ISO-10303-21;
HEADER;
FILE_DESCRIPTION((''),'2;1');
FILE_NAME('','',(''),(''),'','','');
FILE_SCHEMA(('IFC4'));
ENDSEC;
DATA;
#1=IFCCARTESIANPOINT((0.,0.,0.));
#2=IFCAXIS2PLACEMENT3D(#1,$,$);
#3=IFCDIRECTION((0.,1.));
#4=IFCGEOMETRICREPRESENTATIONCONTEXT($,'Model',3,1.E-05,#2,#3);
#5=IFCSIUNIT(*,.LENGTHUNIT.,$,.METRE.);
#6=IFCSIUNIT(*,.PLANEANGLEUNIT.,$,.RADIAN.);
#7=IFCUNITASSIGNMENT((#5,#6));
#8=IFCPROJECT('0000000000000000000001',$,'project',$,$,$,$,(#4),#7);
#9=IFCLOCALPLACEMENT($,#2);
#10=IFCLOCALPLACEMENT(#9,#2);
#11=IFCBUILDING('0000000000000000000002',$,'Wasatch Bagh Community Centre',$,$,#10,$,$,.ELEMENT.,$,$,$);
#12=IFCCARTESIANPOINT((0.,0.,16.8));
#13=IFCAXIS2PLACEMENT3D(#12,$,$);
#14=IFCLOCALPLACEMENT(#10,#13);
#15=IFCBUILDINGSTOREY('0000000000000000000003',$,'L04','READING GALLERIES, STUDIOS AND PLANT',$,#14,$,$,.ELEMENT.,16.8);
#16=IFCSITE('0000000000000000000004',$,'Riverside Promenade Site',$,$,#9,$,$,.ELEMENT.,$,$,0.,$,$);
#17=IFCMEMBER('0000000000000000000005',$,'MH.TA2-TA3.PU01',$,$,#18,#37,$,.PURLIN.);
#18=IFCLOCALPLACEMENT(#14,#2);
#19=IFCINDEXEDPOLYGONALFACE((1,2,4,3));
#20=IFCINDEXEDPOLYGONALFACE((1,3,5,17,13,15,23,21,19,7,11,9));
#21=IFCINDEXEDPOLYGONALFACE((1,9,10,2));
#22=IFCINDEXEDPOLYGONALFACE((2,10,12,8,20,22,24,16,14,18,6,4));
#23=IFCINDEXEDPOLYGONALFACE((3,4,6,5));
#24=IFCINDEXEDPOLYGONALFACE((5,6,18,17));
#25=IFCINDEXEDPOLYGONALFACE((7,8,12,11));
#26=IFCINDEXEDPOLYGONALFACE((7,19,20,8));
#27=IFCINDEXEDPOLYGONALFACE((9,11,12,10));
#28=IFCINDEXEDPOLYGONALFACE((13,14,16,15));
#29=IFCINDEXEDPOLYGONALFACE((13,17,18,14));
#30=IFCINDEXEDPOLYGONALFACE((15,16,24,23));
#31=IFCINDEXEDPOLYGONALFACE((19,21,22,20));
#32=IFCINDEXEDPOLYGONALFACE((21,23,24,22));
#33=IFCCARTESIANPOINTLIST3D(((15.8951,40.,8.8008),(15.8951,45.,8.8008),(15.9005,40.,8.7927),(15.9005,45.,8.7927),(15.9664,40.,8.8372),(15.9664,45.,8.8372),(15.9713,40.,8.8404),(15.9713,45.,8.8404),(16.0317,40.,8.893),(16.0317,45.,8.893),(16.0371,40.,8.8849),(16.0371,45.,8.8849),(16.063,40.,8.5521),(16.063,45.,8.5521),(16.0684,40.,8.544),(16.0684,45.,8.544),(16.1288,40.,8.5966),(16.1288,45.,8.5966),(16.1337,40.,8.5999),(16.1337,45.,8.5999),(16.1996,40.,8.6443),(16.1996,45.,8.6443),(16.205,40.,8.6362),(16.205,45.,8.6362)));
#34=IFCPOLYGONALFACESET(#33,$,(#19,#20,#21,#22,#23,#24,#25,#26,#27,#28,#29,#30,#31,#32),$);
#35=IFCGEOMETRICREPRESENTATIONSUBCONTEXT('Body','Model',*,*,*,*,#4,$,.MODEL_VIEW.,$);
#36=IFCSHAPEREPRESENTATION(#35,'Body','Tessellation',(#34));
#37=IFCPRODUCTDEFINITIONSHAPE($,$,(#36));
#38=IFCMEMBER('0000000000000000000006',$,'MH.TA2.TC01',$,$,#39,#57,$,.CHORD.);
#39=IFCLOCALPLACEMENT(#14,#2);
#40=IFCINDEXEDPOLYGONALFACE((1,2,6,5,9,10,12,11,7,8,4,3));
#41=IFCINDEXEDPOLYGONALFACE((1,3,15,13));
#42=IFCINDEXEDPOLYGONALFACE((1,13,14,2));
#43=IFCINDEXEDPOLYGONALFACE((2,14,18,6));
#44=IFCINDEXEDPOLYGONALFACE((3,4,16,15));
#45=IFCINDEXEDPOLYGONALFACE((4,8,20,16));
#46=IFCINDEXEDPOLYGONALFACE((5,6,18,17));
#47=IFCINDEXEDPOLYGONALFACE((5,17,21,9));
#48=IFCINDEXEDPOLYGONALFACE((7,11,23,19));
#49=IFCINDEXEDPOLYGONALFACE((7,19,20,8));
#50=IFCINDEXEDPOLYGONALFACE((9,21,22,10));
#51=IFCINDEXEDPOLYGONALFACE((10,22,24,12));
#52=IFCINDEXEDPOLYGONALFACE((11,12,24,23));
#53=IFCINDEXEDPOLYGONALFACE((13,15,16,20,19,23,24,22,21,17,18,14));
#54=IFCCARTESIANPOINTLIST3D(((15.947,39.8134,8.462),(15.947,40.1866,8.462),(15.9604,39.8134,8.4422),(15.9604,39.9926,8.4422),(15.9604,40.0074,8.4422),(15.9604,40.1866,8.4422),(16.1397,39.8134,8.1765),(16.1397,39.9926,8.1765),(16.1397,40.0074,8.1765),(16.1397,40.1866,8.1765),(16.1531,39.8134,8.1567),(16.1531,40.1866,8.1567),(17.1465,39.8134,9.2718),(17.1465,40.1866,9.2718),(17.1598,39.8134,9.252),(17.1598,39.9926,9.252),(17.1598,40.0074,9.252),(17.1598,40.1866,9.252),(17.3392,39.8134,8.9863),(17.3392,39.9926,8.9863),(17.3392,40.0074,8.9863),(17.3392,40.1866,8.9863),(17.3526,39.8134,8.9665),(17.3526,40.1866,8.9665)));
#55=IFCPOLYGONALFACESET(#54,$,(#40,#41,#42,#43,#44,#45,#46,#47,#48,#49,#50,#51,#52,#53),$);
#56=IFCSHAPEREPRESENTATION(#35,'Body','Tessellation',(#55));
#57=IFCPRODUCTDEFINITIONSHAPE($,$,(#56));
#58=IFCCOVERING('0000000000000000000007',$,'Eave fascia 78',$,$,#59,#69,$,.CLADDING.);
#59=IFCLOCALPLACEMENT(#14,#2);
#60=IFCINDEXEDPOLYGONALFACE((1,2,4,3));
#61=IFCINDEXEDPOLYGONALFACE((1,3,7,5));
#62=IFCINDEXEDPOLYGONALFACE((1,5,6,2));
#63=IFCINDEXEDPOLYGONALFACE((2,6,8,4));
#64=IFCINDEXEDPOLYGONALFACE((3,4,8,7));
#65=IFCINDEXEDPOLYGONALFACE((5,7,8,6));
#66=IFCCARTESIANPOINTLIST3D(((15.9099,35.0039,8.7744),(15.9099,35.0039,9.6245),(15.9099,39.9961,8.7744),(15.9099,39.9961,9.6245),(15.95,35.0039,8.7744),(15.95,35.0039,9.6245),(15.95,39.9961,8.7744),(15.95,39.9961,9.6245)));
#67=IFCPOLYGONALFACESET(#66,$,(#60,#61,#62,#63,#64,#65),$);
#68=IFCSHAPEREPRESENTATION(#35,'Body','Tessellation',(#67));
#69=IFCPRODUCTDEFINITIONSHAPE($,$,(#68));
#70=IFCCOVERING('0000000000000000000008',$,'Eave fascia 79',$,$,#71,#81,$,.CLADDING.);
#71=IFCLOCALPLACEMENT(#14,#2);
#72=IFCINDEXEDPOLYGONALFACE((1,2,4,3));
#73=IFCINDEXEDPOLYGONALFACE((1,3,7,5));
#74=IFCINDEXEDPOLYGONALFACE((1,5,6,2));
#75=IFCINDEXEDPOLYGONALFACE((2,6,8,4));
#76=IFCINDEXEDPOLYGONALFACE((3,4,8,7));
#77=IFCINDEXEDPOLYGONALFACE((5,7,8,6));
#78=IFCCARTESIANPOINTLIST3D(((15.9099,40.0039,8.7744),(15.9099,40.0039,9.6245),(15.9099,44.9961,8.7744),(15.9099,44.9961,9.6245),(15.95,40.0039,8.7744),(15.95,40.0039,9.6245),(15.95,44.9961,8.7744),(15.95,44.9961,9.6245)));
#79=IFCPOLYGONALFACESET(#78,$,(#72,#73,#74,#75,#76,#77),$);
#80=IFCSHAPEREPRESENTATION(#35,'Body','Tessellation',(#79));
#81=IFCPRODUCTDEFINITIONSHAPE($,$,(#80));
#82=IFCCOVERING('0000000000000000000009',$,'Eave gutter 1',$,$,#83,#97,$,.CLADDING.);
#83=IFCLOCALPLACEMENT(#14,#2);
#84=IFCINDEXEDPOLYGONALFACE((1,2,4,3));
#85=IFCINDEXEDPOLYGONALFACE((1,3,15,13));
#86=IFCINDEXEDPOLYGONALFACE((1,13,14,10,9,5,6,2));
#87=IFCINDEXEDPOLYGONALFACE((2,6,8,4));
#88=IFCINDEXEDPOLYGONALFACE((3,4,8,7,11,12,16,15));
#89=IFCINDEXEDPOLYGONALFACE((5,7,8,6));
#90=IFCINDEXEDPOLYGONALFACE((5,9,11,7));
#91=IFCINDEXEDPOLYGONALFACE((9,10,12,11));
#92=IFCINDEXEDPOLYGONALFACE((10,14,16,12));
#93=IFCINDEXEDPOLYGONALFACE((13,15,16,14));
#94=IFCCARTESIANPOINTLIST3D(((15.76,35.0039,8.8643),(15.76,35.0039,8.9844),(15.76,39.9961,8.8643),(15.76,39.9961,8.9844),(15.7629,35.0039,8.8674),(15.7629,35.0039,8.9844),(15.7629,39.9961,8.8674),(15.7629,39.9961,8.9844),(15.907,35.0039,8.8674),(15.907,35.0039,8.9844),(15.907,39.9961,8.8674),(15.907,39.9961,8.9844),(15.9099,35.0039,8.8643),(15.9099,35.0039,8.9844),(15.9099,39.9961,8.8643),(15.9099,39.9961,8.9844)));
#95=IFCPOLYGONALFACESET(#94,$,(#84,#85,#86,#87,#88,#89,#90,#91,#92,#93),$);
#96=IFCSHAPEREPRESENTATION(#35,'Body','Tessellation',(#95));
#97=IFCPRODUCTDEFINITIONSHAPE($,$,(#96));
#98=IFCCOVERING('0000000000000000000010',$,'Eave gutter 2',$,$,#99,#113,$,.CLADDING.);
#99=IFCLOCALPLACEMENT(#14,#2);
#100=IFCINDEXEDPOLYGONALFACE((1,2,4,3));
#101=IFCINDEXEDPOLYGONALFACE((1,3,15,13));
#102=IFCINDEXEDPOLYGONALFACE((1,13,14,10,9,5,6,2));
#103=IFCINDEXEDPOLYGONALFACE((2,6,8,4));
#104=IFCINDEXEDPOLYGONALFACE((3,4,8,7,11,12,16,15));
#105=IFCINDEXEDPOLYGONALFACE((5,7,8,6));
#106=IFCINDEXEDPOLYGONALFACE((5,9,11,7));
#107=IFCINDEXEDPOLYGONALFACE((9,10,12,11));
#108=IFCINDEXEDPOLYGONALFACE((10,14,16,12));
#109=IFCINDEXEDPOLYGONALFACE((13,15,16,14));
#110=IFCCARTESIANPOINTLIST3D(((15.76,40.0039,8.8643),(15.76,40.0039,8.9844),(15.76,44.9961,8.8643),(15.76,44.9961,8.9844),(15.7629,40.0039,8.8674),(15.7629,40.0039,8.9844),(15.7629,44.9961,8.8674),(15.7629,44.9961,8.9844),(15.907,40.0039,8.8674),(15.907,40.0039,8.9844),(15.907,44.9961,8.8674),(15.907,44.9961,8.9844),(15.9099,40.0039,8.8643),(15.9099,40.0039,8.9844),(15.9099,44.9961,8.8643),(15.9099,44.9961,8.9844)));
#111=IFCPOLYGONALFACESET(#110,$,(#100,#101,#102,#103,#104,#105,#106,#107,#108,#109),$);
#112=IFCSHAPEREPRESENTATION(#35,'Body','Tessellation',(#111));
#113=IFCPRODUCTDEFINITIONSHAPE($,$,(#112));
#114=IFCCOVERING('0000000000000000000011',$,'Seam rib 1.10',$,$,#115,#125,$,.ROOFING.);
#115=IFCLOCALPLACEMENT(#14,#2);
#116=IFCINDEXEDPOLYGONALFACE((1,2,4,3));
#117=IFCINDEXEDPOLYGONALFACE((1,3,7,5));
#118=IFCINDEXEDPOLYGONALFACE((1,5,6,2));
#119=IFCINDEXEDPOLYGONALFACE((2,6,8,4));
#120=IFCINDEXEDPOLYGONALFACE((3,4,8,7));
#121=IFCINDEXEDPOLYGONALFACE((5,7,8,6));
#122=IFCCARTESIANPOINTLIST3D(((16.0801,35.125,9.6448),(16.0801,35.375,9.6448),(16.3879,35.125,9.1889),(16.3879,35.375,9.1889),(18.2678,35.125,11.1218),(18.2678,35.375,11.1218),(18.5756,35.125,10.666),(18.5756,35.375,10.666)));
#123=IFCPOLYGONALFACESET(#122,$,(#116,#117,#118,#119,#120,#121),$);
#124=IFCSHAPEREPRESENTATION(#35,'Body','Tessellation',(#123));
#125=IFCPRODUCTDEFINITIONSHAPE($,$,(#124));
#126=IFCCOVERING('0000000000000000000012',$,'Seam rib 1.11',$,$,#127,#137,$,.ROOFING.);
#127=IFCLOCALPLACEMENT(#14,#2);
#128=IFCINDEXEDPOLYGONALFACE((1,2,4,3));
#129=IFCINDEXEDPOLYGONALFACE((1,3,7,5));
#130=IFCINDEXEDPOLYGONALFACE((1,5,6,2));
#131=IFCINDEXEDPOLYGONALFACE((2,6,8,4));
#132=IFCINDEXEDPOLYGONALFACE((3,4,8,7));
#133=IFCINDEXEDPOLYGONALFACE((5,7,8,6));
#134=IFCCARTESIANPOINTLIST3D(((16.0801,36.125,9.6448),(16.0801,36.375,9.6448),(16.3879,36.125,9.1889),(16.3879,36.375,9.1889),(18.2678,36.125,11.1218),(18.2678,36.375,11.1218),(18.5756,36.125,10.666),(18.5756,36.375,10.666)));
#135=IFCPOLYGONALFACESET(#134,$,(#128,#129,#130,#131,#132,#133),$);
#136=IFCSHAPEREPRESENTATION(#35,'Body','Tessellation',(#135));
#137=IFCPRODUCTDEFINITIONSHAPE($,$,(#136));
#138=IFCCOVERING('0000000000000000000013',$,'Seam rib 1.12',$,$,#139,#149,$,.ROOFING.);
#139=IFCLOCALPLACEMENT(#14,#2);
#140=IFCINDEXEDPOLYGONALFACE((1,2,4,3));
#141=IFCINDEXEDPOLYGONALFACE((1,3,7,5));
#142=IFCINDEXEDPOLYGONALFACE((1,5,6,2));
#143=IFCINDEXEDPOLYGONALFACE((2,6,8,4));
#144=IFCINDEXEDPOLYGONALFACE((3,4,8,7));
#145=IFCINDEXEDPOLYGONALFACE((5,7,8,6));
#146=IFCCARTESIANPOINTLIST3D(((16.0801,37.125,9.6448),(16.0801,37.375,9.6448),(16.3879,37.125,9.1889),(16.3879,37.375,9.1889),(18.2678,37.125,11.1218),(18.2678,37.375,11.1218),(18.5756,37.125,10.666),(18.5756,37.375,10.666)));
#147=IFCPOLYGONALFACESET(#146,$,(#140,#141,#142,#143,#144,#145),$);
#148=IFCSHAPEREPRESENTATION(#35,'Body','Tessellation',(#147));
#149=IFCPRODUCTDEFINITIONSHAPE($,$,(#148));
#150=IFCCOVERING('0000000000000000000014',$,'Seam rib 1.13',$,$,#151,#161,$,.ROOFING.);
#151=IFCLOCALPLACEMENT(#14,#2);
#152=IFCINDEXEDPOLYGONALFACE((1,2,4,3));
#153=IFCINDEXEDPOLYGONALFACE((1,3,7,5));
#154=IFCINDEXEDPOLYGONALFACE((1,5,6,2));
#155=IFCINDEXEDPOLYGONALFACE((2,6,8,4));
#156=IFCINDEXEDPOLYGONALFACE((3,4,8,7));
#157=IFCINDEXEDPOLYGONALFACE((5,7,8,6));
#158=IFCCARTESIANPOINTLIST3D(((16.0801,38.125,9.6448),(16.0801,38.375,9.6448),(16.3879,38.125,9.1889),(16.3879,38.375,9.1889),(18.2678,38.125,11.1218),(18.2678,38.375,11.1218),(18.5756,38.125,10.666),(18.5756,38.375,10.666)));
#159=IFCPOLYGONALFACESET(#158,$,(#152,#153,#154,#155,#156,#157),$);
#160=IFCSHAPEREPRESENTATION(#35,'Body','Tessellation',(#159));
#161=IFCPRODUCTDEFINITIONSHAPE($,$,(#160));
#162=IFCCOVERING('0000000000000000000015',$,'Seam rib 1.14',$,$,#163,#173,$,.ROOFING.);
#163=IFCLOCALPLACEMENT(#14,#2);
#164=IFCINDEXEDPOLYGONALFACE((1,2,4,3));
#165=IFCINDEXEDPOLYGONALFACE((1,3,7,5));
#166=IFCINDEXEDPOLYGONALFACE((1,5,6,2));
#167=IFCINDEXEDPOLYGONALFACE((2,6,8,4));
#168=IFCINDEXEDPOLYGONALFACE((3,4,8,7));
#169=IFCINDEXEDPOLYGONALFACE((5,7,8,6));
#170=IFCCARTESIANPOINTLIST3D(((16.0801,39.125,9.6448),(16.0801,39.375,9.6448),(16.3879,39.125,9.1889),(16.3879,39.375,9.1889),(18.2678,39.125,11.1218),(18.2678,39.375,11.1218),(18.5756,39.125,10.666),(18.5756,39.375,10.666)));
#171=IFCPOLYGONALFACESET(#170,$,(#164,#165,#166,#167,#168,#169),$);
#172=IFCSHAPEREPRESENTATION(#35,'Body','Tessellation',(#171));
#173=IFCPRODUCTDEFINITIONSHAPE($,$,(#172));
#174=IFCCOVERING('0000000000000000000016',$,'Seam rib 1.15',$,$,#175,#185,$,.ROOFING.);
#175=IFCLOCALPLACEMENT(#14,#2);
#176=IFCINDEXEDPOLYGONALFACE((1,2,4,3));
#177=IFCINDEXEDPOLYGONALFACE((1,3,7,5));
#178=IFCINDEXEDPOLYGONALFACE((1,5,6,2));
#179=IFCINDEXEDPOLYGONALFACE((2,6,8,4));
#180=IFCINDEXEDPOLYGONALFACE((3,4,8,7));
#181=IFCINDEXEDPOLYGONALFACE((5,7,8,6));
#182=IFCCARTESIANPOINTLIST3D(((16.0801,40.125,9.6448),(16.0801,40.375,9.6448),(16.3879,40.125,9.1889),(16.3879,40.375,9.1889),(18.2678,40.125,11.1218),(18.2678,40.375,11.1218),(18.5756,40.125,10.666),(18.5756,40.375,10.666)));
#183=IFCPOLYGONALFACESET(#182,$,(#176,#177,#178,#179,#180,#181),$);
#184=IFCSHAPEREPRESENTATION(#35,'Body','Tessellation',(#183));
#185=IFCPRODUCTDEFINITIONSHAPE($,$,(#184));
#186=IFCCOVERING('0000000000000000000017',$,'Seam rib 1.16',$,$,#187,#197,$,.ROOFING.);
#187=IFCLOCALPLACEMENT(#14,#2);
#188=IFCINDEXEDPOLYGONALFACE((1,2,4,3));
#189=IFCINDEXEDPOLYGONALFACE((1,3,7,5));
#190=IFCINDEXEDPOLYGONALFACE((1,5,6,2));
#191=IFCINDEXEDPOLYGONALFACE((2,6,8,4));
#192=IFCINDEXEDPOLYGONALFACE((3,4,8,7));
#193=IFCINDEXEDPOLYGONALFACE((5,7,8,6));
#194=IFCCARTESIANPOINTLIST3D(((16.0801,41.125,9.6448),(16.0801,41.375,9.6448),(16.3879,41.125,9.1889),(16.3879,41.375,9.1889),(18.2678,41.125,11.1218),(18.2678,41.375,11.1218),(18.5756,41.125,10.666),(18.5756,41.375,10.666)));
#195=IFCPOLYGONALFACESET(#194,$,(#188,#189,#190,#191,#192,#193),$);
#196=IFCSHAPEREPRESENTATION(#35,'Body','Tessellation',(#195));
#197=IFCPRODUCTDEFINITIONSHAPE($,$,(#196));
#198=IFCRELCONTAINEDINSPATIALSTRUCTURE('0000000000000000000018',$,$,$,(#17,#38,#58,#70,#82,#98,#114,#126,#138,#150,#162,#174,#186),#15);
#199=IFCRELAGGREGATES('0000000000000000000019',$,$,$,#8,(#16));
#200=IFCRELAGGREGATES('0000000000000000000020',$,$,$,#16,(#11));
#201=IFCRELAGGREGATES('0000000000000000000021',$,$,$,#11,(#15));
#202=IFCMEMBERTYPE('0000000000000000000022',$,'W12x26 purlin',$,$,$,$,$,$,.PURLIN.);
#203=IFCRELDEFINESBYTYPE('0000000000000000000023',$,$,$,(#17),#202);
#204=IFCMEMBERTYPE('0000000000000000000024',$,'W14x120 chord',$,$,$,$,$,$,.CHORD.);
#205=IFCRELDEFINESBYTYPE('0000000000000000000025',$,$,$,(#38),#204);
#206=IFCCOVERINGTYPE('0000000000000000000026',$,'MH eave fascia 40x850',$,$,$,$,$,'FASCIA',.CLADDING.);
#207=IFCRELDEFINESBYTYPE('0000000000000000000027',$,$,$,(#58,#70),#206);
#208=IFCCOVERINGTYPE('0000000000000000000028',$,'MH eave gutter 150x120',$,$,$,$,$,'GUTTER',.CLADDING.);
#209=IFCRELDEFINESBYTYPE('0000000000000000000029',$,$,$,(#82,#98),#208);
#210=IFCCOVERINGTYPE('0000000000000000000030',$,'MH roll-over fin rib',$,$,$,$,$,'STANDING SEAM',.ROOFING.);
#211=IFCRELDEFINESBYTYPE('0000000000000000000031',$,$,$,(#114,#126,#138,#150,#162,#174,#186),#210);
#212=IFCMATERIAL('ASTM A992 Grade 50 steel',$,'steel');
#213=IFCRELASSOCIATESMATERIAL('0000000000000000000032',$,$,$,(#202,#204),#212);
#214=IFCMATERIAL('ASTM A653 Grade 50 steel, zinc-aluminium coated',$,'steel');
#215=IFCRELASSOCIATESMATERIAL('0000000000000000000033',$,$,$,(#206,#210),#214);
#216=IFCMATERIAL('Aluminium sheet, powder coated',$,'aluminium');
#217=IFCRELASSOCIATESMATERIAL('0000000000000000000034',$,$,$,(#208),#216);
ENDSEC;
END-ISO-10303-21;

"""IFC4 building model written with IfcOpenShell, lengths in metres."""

from ifc_helpers import new_model, si_unit, direction, frame, origin, origin_2d, place, context, subcontext, project, spatial, polyline, rectangle, i_section, outline, extrude, material, material_profile, profile_set, type_object, element, save


model = new_model("IFC4")

# Units and contexts
model_context = context("Model", 3, precision=1e-05, world=origin(), true_north=direction((0.0, 1.0)))
body_context = subcontext(model_context, "Body", "Model", "MODEL_VIEW")
ifc_project = project(units=[si_unit("LENGTHUNIT", "METRE"), si_unit("PLANEANGLEUNIT", "RADIAN")], contexts=[model_context])

# Site, building, storey
site_placement = place(None, origin())
site = spatial("IfcSite", under=ifc_project, at=site_placement, Name="Riverside Promenade Site", CompositionType="ELEMENT", RefElevation=0.0)
building_placement = place(site_placement, origin())
building = spatial("IfcBuilding", under=site, at=building_placement, Name="Wasatch Bagh Community Centre", CompositionType="ELEMENT")
storey_placement = place(building_placement, frame((0.0, 0.0, 16.8)))
storey = spatial("IfcBuildingStorey", under=building, at=storey_placement, Name="L04", Description="READING GALLERIES, STUDIOS AND PLANT", CompositionType="ELEMENT", Elevation=16.8)

# Members
ifc_material_1 = material(Name="ASTM A992 Grade 50 steel", Category="steel")
ifc_material_profile_1 = material_profile(ifc_material_1, i_section(OverallWidth=0.1648, OverallDepth=0.3098, WebThickness=0.0059, FlangeThickness=0.0098, at=origin_2d()), Name="W12x26")
ifc_profile_set_1 = profile_set([ifc_material_profile_1], Name="ASTM A992 Grade 50 steel")
member_type_1 = type_object("IfcMemberType", Name="W12x26 purlin", PredefinedType="PURLIN", material=ifc_profile_set_1)
member_1_placement = place(storey_placement, frame((16.05, 40.0, 8.7185), z_axis=(0.0, 1.0, 0.0), x_axis=(-0.828791, 0.0, -0.559559)))
element("IfcMember", 1, at=member_1_placement, inside=storey, type_object=member_type_1, Name="MH.TA2-TA3.PU01", PredefinedType="PURLIN", context=body_context, shape_type="SweptSolid", body=[
    extrude(i_section(OverallWidth=0.1648, OverallDepth=0.3098, WebThickness=0.0059, FlangeThickness=0.0098, at=origin_2d()), origin(), (0.0, 0.0, 1.0), 5.0),
])
ifc_material_profile_2 = material_profile(ifc_material_1, i_section(OverallWidth=0.3733, OverallDepth=0.3684, WebThickness=0.0149, FlangeThickness=0.0239, at=origin_2d()), Name="W14x120")
ifc_profile_set_2 = profile_set([ifc_material_profile_2], Name="ASTM A992 Grade 50 steel")
member_type_2 = type_object("IfcMemberType", Name="W14x120 chord", PredefinedType="CHORD", material=ifc_profile_set_2)
member_2_placement = place(storey_placement, frame((16.05, 40.0, 8.3093), z_axis=(0.828792, 0.0, 0.559557), x_axis=(0.0, 1.0, 0.0)))
element("IfcMember", 2, at=member_2_placement, inside=storey, type_object=member_type_2, Name="MH.TA2.TC01", PredefinedType="CHORD", context=body_context, shape_type="SweptSolid", body=[
    extrude(i_section(OverallWidth=0.3733, OverallDepth=0.3684, WebThickness=0.0149, FlangeThickness=0.0239, at=origin_2d()), origin(), (0.0, 0.0, 1.0), 1.4473),
])

# Coverings
ifc_material_2 = material(Name="ASTM A653 Grade 50 steel, zinc-aluminium coated", Category="steel")
ifc_material_profile_3 = material_profile(ifc_material_2, rectangle(XDim=0.04, YDim=0.8501, at=origin_2d()), Name="FASCIA 40x850")
ifc_profile_set_3 = profile_set([ifc_material_profile_3], Name="ASTM A653 Grade 50 steel, zinc-aluminium coated")
covering_type_1 = type_object("IfcCoveringType", Name="MH eave fascia 40x850", ElementType="FASCIA", PredefinedType="CLADDING", material=ifc_profile_set_3)
for number, where, z_axis, x_axis, name in (
    (3, (15.9299, 35.0039, 9.1995), (0.0, 1.0, 0.0), (-1.0, 0.0, 0.0), "Eave fascia 78"),
    (4, (15.9299, 40.0039, 9.1995), (0.0, 1.0, 0.0), (-1.0, 0.0, 0.0), "Eave fascia 79"),
):
    element("IfcCovering", number, at=place(storey_placement, frame(where, z_axis=z_axis, x_axis=x_axis)), inside=storey, type_object=covering_type_1, Name=name, PredefinedType="CLADDING", context=body_context, shape_type="SweptSolid", body=[
        extrude(rectangle(XDim=0.04, YDim=0.8501, at=origin_2d()), origin(), (0.0, 0.0, 1.0), 4.9922),
    ])
ifc_material_3 = material(Name="Aluminium sheet, powder coated", Category="aluminium")
ifc_material_profile_4 = material_profile(ifc_material_3, outline(polyline([(-0.075, 0.0), (-0.075, -0.1201), (0.075, -0.1201), (0.075, 0.0), (0.072, 0.0), (0.072, -0.1169), (-0.072, -0.1169), (-0.072, 0.0), (-0.075, 0.0)])), Name="GUTTER 150x120")
ifc_profile_set_4 = profile_set([ifc_material_profile_4], Name="Aluminium sheet, powder coated")
covering_type_2 = type_object("IfcCoveringType", Name="MH eave gutter 150x120", ElementType="GUTTER", PredefinedType="CLADDING", material=ifc_profile_set_4)
for number, where, z_axis, x_axis, name in (
    (5, (15.835, 35.0039, 8.9844), (0.0, 1.0, 0.0), (-1.0, 0.0, 0.0), "Eave gutter 1"),
    (6, (15.835, 40.0039, 8.9844), (0.0, 1.0, 0.0), (-1.0, 0.0, 0.0), "Eave gutter 2"),
):
    element("IfcCovering", number, at=place(storey_placement, frame(where, z_axis=z_axis, x_axis=x_axis)), inside=storey, type_object=covering_type_2, Name=name, PredefinedType="CLADDING", context=body_context, shape_type="SweptSolid", body=[
        extrude(outline(polyline([(-0.075, 0.0), (-0.075, -0.1201), (0.075, -0.1201), (0.075, 0.0), (0.072, 0.0), (0.072, -0.1169), (-0.072, -0.1169), (-0.072, 0.0), (-0.075, 0.0)])), origin(), (0.0, 0.0, 1.0), 4.9922),
    ])
covering_type_3 = type_object("IfcCoveringType", Name="MH roll-over fin rib", ElementType="STANDING SEAM", PredefinedType="ROOFING", material=ifc_material_2)
for number, where, z_axis, x_axis, name in (
    (7, (16.0801, 35.125, 9.6448), (-0.559557, 0.0, 0.828792), (0.828792, 0.0, 0.559557), "Seam rib 1.10"),
    (8, (16.0801, 36.125, 9.6448), (-0.559557, 0.0, 0.828792), (0.828792, 0.0, 0.559557), "Seam rib 1.11"),
    (9, (16.0801, 37.125, 9.6448), (-0.559557, 0.0, 0.828792), (0.828792, 0.0, 0.559557), "Seam rib 1.12"),
    (10, (16.0801, 38.125, 9.6448), (-0.559557, 0.0, 0.828792), (0.828792, 0.0, 0.559557), "Seam rib 1.13"),
    (11, (16.0801, 39.125, 9.6448), (-0.559557, 0.0, 0.828792), (0.828792, 0.0, 0.559557), "Seam rib 1.14"),
    (12, (16.0801, 40.125, 9.6448), (-0.559557, 0.0, 0.828792), (0.828792, 0.0, 0.559557), "Seam rib 1.15"),
    (13, (16.0801, 41.125, 9.6448), (-0.559557, 0.0, 0.828792), (0.828792, 0.0, 0.559557), "Seam rib 1.16"),
):
    element("IfcCovering", number, at=place(storey_placement, frame(where, z_axis=z_axis, x_axis=x_axis)), inside=storey, type_object=covering_type_3, Name=name, PredefinedType="ROOFING", context=body_context, shape_type="SweptSolid", body=[
        extrude(outline(polyline([(0.0, 0.0), (2.6397, 0.0), (2.6397, 0.25), (0.0, 0.25), (0.0, 0.0)])), origin(), (0.0, 0.0, -1.0), 0.55),
    ])

save(model, "model.ifc")
